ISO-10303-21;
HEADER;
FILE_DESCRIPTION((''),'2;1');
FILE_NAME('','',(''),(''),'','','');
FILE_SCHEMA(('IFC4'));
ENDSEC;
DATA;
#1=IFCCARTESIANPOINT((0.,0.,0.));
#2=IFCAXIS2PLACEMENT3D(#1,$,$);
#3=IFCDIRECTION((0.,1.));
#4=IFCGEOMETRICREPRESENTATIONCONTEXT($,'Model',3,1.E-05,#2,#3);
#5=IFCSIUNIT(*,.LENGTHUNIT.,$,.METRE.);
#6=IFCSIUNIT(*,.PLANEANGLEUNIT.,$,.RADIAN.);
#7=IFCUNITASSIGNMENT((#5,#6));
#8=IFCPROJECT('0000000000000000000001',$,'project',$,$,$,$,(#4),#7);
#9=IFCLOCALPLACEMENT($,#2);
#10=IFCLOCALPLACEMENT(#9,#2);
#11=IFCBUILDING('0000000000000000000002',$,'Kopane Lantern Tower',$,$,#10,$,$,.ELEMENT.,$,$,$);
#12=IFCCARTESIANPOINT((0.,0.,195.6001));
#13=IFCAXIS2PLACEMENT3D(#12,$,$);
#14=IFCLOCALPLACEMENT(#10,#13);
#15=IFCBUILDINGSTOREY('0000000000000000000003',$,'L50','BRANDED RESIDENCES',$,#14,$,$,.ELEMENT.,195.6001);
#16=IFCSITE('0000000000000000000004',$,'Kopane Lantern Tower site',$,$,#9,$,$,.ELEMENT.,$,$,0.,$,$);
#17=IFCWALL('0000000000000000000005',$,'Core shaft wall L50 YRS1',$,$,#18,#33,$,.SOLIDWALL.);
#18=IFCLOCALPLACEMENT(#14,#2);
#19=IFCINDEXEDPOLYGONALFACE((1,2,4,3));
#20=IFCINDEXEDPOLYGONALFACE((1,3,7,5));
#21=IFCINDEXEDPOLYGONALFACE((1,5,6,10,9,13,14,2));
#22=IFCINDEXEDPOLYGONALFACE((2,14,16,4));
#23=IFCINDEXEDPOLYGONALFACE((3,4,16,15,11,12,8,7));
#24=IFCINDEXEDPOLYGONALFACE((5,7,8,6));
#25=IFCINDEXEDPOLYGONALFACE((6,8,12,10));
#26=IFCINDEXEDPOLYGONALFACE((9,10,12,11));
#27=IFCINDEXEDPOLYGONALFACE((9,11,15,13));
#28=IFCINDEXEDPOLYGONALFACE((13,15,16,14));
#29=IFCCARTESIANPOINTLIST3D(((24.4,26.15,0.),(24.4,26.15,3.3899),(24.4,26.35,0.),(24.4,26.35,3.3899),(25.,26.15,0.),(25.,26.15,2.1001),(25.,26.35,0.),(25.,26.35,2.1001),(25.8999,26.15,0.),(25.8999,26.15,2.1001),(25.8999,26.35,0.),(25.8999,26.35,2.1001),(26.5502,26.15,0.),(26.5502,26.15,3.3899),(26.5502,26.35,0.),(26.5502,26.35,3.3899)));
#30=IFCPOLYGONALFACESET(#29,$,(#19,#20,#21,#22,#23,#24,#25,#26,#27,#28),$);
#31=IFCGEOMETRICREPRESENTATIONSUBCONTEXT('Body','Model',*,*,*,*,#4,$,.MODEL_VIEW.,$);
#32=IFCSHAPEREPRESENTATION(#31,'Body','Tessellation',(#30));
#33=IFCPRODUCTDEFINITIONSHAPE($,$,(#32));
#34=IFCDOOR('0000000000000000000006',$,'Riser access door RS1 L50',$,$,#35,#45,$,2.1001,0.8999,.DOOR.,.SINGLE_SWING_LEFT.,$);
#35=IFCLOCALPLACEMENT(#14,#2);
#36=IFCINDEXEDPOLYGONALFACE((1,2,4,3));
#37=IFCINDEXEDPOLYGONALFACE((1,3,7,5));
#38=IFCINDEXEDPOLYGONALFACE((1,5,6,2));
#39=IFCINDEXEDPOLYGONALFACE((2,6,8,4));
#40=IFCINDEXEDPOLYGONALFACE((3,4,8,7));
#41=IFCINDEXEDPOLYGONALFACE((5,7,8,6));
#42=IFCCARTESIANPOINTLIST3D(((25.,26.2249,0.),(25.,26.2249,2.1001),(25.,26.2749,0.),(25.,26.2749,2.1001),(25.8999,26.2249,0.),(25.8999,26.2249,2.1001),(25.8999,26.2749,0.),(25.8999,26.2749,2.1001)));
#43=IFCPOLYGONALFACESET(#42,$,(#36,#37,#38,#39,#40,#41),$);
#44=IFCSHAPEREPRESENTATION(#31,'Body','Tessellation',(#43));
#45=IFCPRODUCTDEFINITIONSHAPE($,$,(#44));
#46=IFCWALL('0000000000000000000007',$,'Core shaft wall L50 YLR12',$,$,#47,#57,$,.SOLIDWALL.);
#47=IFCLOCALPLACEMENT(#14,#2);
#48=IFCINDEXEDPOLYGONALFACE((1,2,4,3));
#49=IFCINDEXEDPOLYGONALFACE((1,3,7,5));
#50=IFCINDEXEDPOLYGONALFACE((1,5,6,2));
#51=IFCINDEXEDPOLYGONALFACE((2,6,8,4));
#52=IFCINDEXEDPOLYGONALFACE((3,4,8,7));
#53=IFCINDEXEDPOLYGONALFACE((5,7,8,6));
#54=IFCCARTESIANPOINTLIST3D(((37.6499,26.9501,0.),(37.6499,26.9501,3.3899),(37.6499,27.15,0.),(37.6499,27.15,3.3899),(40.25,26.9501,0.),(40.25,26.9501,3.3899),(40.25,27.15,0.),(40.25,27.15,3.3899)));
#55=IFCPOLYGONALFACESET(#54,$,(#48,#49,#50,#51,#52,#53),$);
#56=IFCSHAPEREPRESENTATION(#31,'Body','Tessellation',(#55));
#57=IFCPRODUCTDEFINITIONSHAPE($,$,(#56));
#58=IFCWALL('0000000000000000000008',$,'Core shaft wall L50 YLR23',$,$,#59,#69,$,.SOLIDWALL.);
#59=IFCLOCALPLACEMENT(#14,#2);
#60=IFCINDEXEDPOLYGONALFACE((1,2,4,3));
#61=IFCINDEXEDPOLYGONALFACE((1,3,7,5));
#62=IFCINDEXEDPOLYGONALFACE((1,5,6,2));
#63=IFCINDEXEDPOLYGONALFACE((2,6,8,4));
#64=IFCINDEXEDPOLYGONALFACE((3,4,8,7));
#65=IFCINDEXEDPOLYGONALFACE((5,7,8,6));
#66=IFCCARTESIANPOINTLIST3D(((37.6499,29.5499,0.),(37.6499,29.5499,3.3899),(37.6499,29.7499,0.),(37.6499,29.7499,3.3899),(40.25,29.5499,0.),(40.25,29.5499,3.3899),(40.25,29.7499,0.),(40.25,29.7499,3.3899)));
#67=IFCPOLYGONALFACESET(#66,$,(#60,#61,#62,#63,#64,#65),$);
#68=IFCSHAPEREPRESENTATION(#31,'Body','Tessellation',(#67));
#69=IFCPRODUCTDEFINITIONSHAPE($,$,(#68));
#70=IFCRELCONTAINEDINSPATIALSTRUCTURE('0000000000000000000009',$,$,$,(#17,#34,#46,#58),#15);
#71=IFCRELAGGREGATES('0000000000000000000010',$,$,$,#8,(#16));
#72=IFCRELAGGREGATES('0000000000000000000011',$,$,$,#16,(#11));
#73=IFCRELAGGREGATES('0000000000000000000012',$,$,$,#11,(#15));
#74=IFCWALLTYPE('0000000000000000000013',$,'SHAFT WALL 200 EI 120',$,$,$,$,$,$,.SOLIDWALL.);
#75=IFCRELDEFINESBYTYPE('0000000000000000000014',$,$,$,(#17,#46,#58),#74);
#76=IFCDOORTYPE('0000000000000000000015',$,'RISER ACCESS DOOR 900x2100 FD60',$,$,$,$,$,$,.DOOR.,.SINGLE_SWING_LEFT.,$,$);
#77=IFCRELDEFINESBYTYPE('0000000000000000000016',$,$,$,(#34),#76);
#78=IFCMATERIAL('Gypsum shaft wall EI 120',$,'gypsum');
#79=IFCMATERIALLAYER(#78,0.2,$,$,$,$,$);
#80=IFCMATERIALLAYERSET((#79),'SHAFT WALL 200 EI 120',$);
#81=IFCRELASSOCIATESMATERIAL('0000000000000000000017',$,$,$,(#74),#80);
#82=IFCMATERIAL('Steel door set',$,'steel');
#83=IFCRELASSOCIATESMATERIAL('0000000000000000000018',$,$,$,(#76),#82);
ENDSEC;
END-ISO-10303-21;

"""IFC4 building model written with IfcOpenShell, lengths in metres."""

from ifc_helpers import new_model, si_unit, direction, frame, frame_2d, origin, place, context, subcontext, project, spatial, rectangle, extrude, material, layer, layer_set, type_object, element, fill, save


model = new_model("IFC4")

# Units and contexts
model_context = context("Model", 3, precision=1e-05, world=origin(), true_north=direction((0.0, 1.0)))
body_context = subcontext(model_context, "Body", "Model", "MODEL_VIEW")
ifc_project = project(units=[si_unit("LENGTHUNIT", "METRE"), si_unit("PLANEANGLEUNIT", "RADIAN")], contexts=[model_context])

# Site, building, storey
site_placement = place(None, origin())
site = spatial("IfcSite", under=ifc_project, at=site_placement, Name="Kopane Lantern Tower site", CompositionType="ELEMENT", RefElevation=0.0)
building_placement = place(site_placement, origin())
building = spatial("IfcBuilding", under=site, at=building_placement, Name="Kopane Lantern Tower", CompositionType="ELEMENT")
storey_placement = place(building_placement, frame((0.0, 0.0, 195.6001)))
storey = spatial("IfcBuildingStorey", under=building, at=storey_placement, Name="L50", Description="BRANDED RESIDENCES", CompositionType="ELEMENT", Elevation=195.6001)

# Shared definitions
ifc_material_1 = material(Name="Gypsum shaft wall EI 120", Category="gypsum")
ifc_layer_1 = layer(ifc_material_1, 0.2)
ifc_layer_set_1 = layer_set([ifc_layer_1], Name="SHAFT WALL 200 EI 120")
wall_type_1 = type_object("IfcWallType", Name="SHAFT WALL 200 EI 120", PredefinedType="SOLIDWALL", material=ifc_layer_set_1)

# Wall, opening, door
wall_1_placement = place(storey_placement, frame((24.3999, 26.25, 0.0), z_axis=(0.0, 0.0, 1.0), x_axis=(1.0, 0.0, 0.0)))
wall_1 = element("IfcWall", 1, at=wall_1_placement, inside=storey, type_object=wall_type_1, Name="Core shaft wall L50 YRS1", PredefinedType="SOLIDWALL", context=body_context, shape_type="SweptSolid", body=[
    extrude(rectangle(XDim=2.1501, YDim=0.2, at=frame_2d((1.0752, 0.0))), origin(), (0.0, 0.0, 1.0), 3.3899),
])
opening_1_placement = place(wall_1_placement, frame((0.6001, 0.0, 0.0)))
opening_1 = element("IfcOpeningElement", 2, at=opening_1_placement, cuts=wall_1, PredefinedType="OPENING", context=body_context, shape_type="SweptSolid", body=[
    extrude(rectangle(XDim=0.8999, YDim=2.1001, at=frame_2d((0.45, 1.05))), frame((0.0, 0.1099, 0.0), z_axis=(0.0, -1.0, 0.0), x_axis=(1.0, 0.0, 0.0)), (0.0, 0.0, 1.0), 0.22),
])
ifc_material_2 = material(Name="Steel door set", Category="steel")
door_type_1 = type_object("IfcDoorType", Name="RISER ACCESS DOOR 900x2100 FD60", OperationType="SINGLE_SWING_LEFT", PredefinedType="DOOR", material=ifc_material_2)
door_1_placement = place(opening_1_placement, origin())
door_1 = element("IfcDoor", 3, at=door_1_placement, inside=storey, type_object=door_type_1, Name="Riser access door RS1 L50", OperationType="SINGLE_SWING_LEFT", OverallHeight=2.1001, OverallWidth=0.8999, PredefinedType="DOOR", context=body_context, shape_type="SweptSolid", body=[
    extrude(rectangle(XDim=0.8999, YDim=2.1001, at=frame_2d((0.45, 1.05))), frame((0.0, 0.0249, 0.0), z_axis=(0.0, -1.0, 0.0), x_axis=(1.0, 0.0, 0.0)), (0.0, 0.0, 1.0), 0.05),
])
fill(opening_1, door_1)

# Walls
for number, where, z_axis, x_axis, name in (
    (4, (37.6499, 27.05, 0.0), (0.0, 0.0, 1.0), (1.0, 0.0, 0.0), "Core shaft wall L50 YLR12"),
    (5, (37.6499, 29.6499, 0.0), (0.0, 0.0, 1.0), (1.0, 0.0, 0.0), "Core shaft wall L50 YLR23"),
):
    element("IfcWall", number, at=place(storey_placement, frame(where, z_axis=z_axis, x_axis=x_axis)), inside=storey, type_object=wall_type_1, Name=name, PredefinedType="SOLIDWALL", context=body_context, shape_type="SweptSolid", body=[
        extrude(rectangle(XDim=2.6001, YDim=0.2, at=frame_2d((1.3, 0.0))), origin(), (0.0, 0.0, 1.0), 3.3899),
    ])

save(model, "model.ifc")
